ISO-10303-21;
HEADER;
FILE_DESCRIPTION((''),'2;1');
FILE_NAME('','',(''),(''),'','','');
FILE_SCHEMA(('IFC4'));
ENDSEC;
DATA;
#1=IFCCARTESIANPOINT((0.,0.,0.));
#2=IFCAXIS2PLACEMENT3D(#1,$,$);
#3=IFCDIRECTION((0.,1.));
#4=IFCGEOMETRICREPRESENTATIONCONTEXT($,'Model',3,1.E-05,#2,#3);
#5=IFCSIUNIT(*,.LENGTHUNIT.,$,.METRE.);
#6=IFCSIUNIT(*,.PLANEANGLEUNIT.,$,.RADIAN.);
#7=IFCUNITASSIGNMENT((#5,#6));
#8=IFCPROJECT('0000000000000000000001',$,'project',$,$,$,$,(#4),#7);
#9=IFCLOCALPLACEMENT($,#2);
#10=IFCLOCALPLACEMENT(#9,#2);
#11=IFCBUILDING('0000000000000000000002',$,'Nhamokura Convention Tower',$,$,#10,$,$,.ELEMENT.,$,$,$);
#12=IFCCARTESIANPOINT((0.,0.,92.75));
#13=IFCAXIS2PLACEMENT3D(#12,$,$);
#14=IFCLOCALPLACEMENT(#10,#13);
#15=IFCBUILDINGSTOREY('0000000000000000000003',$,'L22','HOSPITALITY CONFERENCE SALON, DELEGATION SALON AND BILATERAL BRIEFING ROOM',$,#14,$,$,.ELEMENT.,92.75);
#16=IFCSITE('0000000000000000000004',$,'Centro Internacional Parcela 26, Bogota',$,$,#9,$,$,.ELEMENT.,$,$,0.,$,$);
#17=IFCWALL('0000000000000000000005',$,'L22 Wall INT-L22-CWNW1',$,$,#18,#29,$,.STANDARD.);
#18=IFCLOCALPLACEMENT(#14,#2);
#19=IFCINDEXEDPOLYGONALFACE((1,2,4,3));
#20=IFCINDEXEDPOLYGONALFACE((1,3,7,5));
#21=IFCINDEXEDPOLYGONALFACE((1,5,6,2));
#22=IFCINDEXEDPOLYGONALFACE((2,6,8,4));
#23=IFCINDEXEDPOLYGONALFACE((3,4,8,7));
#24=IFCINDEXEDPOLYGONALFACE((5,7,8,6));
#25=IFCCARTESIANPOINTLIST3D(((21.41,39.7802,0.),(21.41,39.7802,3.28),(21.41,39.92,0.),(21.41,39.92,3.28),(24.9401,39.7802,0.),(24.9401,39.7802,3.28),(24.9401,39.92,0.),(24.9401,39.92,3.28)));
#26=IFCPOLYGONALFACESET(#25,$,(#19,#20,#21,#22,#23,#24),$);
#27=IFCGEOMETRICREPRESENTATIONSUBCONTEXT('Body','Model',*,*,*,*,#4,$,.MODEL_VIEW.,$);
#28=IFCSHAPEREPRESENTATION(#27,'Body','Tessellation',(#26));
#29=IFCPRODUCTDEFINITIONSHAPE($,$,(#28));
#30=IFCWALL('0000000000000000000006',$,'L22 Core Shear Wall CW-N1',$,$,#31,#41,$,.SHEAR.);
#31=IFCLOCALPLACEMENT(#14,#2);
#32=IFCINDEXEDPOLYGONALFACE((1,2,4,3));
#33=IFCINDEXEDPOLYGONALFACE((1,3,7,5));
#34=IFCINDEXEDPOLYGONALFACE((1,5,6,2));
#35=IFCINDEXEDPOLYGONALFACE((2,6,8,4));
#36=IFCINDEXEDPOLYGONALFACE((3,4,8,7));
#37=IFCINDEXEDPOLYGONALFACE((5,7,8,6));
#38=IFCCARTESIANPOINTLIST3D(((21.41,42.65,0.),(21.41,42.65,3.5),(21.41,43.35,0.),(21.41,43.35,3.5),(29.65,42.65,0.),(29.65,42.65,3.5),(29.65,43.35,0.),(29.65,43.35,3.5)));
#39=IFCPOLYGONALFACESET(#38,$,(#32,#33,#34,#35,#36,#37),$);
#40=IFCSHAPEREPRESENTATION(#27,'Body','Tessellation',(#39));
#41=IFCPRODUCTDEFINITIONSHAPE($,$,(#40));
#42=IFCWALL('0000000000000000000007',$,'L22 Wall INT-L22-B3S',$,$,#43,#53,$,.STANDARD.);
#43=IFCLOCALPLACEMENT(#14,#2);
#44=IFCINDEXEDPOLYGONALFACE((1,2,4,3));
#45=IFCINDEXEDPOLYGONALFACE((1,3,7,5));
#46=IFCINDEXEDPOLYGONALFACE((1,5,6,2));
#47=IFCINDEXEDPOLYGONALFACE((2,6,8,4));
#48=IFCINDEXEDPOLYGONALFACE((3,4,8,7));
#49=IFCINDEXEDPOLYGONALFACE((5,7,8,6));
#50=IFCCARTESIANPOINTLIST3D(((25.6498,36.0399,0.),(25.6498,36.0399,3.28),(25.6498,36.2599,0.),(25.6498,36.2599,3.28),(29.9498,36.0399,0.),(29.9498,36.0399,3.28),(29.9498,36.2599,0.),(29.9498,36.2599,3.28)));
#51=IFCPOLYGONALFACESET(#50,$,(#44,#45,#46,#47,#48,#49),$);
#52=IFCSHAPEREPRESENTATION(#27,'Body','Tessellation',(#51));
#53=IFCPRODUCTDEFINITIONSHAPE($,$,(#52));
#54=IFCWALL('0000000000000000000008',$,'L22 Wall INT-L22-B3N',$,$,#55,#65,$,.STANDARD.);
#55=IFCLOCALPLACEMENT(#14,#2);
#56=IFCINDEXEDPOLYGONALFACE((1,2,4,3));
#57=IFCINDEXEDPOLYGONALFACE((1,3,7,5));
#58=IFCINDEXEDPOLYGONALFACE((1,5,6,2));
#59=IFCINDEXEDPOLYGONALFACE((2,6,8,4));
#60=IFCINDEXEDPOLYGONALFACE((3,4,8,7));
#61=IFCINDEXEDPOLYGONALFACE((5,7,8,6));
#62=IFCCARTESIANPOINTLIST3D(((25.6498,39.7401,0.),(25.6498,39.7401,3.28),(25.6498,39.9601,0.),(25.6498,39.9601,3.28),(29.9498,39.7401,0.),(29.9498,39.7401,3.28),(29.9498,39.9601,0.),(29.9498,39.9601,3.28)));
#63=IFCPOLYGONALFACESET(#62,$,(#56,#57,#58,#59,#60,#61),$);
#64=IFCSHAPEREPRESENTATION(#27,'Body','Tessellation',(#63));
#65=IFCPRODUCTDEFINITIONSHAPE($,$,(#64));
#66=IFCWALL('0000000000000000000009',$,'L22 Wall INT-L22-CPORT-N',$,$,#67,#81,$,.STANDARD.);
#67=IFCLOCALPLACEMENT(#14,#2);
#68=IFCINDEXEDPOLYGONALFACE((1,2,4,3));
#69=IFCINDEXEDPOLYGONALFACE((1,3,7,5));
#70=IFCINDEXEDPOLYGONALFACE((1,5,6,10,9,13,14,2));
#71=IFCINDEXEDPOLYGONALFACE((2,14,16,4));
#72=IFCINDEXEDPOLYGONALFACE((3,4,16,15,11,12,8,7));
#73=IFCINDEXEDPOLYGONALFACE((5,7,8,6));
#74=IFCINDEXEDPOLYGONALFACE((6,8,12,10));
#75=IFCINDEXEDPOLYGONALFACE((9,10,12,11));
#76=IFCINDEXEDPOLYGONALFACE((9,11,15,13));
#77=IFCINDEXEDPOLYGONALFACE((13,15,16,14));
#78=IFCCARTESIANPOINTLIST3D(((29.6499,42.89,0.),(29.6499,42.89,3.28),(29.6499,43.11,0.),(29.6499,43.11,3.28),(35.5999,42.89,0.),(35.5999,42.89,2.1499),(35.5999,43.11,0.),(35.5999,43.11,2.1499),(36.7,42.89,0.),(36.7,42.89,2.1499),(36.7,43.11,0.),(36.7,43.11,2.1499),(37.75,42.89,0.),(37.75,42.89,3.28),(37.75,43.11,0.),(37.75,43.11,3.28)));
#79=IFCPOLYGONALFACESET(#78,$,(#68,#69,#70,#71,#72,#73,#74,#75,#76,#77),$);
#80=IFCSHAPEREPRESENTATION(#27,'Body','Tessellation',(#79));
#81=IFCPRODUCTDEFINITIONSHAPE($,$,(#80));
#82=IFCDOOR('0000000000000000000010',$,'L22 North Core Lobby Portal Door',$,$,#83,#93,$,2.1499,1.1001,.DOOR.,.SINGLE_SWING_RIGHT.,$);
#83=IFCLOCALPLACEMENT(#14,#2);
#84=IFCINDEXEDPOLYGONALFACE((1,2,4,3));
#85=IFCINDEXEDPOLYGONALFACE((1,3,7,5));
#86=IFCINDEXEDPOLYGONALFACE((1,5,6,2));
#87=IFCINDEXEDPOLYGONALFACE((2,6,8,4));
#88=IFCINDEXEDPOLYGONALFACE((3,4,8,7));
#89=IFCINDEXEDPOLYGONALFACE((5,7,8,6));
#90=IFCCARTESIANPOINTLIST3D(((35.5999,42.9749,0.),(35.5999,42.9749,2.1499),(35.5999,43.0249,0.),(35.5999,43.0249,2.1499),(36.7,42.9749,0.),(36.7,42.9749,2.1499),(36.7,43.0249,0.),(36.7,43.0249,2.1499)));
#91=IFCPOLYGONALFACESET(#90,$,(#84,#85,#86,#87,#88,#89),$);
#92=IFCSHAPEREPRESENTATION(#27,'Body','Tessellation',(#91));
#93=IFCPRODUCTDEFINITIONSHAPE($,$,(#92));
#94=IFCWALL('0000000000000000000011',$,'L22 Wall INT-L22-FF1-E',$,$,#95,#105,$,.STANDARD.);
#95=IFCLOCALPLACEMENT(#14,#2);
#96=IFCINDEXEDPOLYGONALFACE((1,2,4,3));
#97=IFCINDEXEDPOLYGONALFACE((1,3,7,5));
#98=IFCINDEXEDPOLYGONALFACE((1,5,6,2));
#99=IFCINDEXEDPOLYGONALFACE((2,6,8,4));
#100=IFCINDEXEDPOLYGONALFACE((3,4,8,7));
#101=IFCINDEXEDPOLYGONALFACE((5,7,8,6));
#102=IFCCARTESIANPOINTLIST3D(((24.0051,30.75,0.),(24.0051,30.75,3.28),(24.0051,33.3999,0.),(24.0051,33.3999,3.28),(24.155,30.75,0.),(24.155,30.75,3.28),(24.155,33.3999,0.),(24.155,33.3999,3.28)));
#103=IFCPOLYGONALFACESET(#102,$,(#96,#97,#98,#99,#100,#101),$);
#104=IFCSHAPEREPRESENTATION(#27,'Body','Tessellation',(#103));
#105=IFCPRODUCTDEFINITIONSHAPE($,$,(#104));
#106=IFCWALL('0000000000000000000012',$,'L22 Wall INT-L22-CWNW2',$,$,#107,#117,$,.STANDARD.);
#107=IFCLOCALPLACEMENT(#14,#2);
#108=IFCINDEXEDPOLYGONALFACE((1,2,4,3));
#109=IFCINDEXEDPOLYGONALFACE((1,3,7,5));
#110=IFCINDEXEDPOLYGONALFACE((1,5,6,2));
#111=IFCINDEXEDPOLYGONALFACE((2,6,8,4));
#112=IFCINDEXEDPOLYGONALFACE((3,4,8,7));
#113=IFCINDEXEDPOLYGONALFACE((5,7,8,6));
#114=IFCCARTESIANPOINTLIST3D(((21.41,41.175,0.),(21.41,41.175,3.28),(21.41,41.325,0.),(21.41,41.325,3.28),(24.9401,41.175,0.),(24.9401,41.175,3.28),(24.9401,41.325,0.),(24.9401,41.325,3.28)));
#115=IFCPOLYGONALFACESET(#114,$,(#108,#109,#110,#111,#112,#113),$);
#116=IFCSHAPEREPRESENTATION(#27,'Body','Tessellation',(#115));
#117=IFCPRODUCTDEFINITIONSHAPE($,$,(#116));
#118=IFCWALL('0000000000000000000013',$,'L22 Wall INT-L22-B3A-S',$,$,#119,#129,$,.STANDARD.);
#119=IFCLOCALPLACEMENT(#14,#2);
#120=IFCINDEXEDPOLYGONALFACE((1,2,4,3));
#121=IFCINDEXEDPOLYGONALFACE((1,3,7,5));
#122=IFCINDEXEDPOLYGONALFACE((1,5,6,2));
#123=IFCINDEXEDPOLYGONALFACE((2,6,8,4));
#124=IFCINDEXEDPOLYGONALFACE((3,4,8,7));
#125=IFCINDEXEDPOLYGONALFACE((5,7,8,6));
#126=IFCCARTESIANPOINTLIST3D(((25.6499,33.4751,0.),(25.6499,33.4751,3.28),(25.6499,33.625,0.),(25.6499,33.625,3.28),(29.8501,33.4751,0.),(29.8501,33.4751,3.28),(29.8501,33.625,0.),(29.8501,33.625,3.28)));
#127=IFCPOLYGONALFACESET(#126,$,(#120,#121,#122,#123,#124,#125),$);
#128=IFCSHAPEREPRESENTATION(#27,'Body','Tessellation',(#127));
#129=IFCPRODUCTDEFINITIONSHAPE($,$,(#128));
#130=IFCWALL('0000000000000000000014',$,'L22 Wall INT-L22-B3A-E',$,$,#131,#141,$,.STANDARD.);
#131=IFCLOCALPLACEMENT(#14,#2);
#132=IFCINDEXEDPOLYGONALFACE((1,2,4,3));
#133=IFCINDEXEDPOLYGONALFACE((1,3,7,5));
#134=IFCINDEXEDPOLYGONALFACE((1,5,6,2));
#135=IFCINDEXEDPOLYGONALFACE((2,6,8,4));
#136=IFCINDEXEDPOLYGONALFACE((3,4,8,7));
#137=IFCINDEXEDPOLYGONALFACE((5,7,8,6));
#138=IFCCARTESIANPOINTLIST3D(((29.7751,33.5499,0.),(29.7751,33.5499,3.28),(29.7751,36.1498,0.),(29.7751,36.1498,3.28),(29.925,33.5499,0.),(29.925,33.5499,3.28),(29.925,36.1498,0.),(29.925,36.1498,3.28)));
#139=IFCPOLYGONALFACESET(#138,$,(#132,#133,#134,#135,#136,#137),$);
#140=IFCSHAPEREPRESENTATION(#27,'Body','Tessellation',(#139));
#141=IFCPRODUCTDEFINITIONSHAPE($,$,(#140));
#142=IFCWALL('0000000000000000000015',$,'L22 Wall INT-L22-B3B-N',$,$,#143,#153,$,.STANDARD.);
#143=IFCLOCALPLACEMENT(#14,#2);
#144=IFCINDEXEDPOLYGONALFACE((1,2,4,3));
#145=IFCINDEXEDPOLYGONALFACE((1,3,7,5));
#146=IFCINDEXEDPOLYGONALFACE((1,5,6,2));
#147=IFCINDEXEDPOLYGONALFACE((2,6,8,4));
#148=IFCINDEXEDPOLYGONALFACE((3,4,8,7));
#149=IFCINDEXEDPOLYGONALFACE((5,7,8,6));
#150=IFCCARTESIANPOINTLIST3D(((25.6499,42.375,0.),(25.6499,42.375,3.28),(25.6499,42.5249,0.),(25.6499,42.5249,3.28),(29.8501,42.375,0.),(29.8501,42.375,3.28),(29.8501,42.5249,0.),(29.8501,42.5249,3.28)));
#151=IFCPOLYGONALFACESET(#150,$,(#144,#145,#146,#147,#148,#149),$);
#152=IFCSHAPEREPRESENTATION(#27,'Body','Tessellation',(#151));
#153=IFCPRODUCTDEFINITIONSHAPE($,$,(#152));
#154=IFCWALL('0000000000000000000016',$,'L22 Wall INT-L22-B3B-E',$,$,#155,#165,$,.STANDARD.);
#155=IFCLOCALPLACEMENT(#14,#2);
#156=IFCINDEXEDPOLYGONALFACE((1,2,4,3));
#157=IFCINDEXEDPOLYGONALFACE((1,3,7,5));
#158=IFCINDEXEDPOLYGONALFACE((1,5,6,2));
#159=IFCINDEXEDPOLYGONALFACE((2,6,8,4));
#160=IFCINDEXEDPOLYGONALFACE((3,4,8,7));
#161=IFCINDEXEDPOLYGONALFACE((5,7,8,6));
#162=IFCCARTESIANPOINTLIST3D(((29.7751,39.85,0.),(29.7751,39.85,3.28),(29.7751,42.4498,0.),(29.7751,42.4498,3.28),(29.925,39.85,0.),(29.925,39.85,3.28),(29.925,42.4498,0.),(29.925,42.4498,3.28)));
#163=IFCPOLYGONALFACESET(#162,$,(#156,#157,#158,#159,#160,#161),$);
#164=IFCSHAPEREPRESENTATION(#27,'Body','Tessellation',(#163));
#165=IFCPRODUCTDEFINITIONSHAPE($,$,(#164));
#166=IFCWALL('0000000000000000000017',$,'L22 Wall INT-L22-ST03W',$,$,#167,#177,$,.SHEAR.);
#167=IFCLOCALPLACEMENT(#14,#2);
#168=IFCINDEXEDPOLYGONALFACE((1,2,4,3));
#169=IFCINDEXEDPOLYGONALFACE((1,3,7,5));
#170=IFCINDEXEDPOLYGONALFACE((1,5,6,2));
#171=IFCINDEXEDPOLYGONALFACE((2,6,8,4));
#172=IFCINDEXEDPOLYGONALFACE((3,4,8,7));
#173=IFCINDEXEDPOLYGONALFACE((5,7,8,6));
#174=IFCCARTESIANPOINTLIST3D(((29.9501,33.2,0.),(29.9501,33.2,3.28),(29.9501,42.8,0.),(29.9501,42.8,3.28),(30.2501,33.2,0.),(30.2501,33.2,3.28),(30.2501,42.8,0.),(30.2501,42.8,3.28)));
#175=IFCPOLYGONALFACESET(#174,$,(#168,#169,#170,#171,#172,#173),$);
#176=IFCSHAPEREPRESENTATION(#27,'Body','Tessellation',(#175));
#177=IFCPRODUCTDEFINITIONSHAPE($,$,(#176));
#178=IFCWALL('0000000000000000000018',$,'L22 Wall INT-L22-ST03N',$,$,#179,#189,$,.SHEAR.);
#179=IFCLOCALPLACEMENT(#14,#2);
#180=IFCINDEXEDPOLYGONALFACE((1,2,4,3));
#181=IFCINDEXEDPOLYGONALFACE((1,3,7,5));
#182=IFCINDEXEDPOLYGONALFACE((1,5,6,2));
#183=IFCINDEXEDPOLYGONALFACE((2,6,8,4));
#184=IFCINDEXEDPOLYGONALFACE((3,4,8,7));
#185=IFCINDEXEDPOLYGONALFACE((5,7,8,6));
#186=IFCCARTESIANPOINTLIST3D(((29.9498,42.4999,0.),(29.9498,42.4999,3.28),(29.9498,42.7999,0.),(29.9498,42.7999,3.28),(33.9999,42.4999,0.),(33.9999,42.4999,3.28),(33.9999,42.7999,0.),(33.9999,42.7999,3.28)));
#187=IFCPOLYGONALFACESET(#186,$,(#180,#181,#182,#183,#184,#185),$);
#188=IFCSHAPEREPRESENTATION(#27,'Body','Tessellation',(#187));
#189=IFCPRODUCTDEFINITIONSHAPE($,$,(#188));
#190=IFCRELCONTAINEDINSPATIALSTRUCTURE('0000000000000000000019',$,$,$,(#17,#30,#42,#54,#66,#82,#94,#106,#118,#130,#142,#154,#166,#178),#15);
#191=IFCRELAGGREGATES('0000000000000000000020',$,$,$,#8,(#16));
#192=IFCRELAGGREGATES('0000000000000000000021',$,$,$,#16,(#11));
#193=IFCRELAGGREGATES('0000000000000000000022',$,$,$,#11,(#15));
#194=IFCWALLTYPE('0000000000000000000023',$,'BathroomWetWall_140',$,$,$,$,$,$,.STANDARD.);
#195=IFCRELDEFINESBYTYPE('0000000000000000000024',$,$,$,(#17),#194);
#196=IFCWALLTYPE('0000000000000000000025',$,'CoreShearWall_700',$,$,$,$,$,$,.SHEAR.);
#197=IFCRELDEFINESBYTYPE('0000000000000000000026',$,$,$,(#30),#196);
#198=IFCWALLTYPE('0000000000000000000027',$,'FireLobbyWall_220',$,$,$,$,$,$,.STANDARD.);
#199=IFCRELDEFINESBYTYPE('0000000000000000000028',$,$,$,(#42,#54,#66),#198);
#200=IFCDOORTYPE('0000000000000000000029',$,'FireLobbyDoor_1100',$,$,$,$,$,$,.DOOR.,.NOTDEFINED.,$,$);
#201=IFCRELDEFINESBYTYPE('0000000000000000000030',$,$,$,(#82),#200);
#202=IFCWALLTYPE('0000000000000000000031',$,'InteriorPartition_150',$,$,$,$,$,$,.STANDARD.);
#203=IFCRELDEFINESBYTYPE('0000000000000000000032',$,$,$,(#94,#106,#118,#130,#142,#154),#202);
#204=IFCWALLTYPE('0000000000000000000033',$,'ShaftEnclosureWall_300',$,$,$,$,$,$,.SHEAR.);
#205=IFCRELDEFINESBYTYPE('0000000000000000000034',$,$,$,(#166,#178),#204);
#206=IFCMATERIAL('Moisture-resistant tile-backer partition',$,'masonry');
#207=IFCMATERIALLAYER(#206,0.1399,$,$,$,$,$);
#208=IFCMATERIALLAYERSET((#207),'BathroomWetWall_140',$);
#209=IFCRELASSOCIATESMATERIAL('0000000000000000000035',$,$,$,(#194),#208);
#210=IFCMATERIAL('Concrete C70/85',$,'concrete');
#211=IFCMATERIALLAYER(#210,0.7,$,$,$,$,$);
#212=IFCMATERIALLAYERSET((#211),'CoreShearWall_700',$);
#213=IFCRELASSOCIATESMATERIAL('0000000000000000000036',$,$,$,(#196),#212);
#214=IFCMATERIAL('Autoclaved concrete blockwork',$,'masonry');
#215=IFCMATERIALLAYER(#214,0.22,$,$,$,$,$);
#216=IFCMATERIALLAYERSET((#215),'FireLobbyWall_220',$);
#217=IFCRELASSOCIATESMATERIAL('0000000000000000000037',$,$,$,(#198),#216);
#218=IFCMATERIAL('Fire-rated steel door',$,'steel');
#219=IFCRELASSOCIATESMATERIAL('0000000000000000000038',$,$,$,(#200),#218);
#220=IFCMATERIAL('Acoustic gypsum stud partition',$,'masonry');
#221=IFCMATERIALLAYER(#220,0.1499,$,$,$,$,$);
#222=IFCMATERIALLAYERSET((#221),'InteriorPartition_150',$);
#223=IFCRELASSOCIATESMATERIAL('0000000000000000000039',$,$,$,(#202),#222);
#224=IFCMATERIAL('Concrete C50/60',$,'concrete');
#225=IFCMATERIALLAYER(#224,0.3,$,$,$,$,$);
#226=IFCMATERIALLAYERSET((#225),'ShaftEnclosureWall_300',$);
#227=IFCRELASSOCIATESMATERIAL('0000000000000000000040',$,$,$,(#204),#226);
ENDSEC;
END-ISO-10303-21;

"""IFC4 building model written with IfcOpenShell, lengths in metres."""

from ifc_helpers import new_model, si_unit, direction, frame, frame_2d, origin, place, context, subcontext, project, spatial, rectangle, extrude, material, layer, layer_set, type_object, element, fill, save


model = new_model("IFC4")

# Units and contexts
model_context = context("Model", 3, precision=1e-05, world=origin(), true_north=direction((0.0, 1.0)))
body_context = subcontext(model_context, "Body", "Model", "MODEL_VIEW")
ifc_project = project(units=[si_unit("LENGTHUNIT", "METRE"), si_unit("PLANEANGLEUNIT", "RADIAN")], contexts=[model_context])

# Site, building, storey
site_placement = place(None, origin())
site = spatial("IfcSite", under=ifc_project, at=site_placement, Name="Centro Internacional Parcela 26, Bogota", CompositionType="ELEMENT", RefElevation=0.0)
building_placement = place(site_placement, origin())
building = spatial("IfcBuilding", under=site, at=building_placement, Name="Nhamokura Convention Tower", CompositionType="ELEMENT")
storey_placement = place(building_placement, frame((0.0, 0.0, 92.75)))
storey = spatial("IfcBuildingStorey", under=building, at=storey_placement, Name="L22", Description="HOSPITALITY CONFERENCE SALON, DELEGATION SALON AND BILATERAL BRIEFING ROOM", CompositionType="ELEMENT", Elevation=92.75)

# Walls
ifc_material_1 = material(Name="Moisture-resistant tile-backer partition", Category="masonry")
ifc_layer_1 = layer(ifc_material_1, 0.1399)
ifc_layer_set_1 = layer_set([ifc_layer_1], Name="BathroomWetWall_140")
wall_type_1 = type_object("IfcWallType", Name="BathroomWetWall_140", PredefinedType="STANDARD", material=ifc_layer_set_1)
wall_1_placement = place(storey_placement, frame((21.4099, 39.8501, 0.0), z_axis=(0.0, 0.0, 1.0), x_axis=(1.0, 0.0, 0.0)))
element("IfcWall", 1, at=wall_1_placement, inside=storey, type_object=wall_type_1, Name="L22 Wall INT-L22-CWNW1", PredefinedType="STANDARD", context=body_context, shape_type="SweptSolid", body=[
    extrude(rectangle(XDim=3.53, YDim=0.1399, at=frame_2d((1.7651, 0.0))), origin(), (0.0, 0.0, 1.0), 3.28),
])
ifc_material_2 = material(Name="Concrete C70/85", Category="concrete")
ifc_layer_2 = layer(ifc_material_2, 0.7)
ifc_layer_set_2 = layer_set([ifc_layer_2], Name="CoreShearWall_700")
wall_type_2 = type_object("IfcWallType", Name="CoreShearWall_700", PredefinedType="SHEAR", material=ifc_layer_set_2)
wall_2_placement = place(storey_placement, frame((21.4099, 43.0, 0.0), z_axis=(0.0, 0.0, 1.0), x_axis=(1.0, 0.0, 0.0)))
element("IfcWall", 2, at=wall_2_placement, inside=storey, type_object=wall_type_2, Name="L22 Core Shear Wall CW-N1", PredefinedType="SHEAR", context=body_context, shape_type="SweptSolid", body=[
    extrude(rectangle(XDim=8.24, YDim=0.7, at=frame_2d((4.1201, 0.0))), origin(), (0.0, 0.0, 1.0), 3.5),
])
ifc_material_3 = material(Name="Autoclaved concrete blockwork", Category="masonry")
ifc_layer_3 = layer(ifc_material_3, 0.22)
ifc_layer_set_3 = layer_set([ifc_layer_3], Name="FireLobbyWall_220")
wall_type_3 = type_object("IfcWallType", Name="FireLobbyWall_220", PredefinedType="STANDARD", material=ifc_layer_set_3)
for number, where, z_axis, x_axis, name in (
    (3, (25.6499, 36.1499, 0.0), (0.0, 0.0, 1.0), (1.0, 0.0, 0.0), "L22 Wall INT-L22-B3S"),
    (4, (25.6499, 39.8501, 0.0), (0.0, 0.0, 1.0), (1.0, 0.0, 0.0), "L22 Wall INT-L22-B3N"),
):
    element("IfcWall", number, at=place(storey_placement, frame(where, z_axis=z_axis, x_axis=x_axis)), inside=storey, type_object=wall_type_3, Name=name, PredefinedType="STANDARD", context=body_context, shape_type="SweptSolid", body=[
        extrude(rectangle(XDim=4.3, YDim=0.22, at=frame_2d((2.1499, 0.0))), origin(), (0.0, 0.0, 1.0), 3.28),
    ])

# Wall, opening, door
wall_3_placement = place(storey_placement, frame((29.6499, 43.0, 0.0), z_axis=(0.0, 0.0, 1.0), x_axis=(1.0, 0.0, 0.0)))
wall_3 = element("IfcWall", 5, at=wall_3_placement, inside=storey, type_object=wall_type_3, Name="L22 Wall INT-L22-CPORT-N", PredefinedType="STANDARD", context=body_context, shape_type="SweptSolid", body=[
    extrude(rectangle(XDim=8.1001, YDim=0.22, at=frame_2d((4.05, 0.0))), origin(), (0.0, 0.0, 1.0), 3.28),
])
opening_1_placement = place(wall_3_placement, frame((5.95, 0.0, 0.0)))
opening_1 = element("IfcOpeningElement", 6, at=opening_1_placement, cuts=wall_3, PredefinedType="OPENING", context=body_context, shape_type="SweptSolid", body=[
    extrude(rectangle(XDim=1.1001, YDim=2.1499, at=frame_2d((0.55, 1.075))), frame((0.0, 0.1199, 0.0), z_axis=(0.0, -1.0, 0.0), x_axis=(1.0, 0.0, 0.0)), (0.0, 0.0, 1.0), 0.24),
])
ifc_material_4 = material(Name="Fire-rated steel door", Category="steel")
door_type_1 = type_object("IfcDoorType", Name="FireLobbyDoor_1100", OperationType="NOTDEFINED", PredefinedType="DOOR", material=ifc_material_4)
door_1_placement = place(opening_1_placement, origin())
door_1 = element("IfcDoor", 7, at=door_1_placement, inside=storey, type_object=door_type_1, Name="L22 North Core Lobby Portal Door", OperationType="SINGLE_SWING_RIGHT", OverallHeight=2.1499, OverallWidth=1.1001, PredefinedType="DOOR", context=body_context, shape_type="SweptSolid", body=[
    extrude(rectangle(XDim=1.1001, YDim=2.1499, at=frame_2d((0.55, 1.075))), frame((0.0, 0.0249, 0.0), z_axis=(0.0, -1.0, 0.0), x_axis=(1.0, 0.0, 0.0)), (0.0, 0.0, 1.0), 0.05),
])
fill(opening_1, door_1)

# Walls
ifc_material_5 = material(Name="Acoustic gypsum stud partition", Category="masonry")
ifc_layer_4 = layer(ifc_material_5, 0.1499)
ifc_layer_set_4 = layer_set([ifc_layer_4], Name="InteriorPartition_150")
wall_type_4 = type_object("IfcWallType", Name="InteriorPartition_150", PredefinedType="STANDARD", material=ifc_layer_set_4)
wall_4_placement = place(storey_placement, frame((24.0801, 30.75, 0.0), z_axis=(0.0, 0.0, 1.0), x_axis=(0.0, 1.0, 0.0)))
element("IfcWall", 8, at=wall_4_placement, inside=storey, type_object=wall_type_4, Name="L22 Wall INT-L22-FF1-E", PredefinedType="STANDARD", context=body_context, shape_type="SweptSolid", body=[
    extrude(rectangle(XDim=2.6499, YDim=0.1499, at=frame_2d((1.325, 0.0))), origin(), (0.0, 0.0, 1.0), 3.28),
])
wall_5_placement = place(storey_placement, frame((21.4099, 41.25, 0.0), z_axis=(0.0, 0.0, 1.0), x_axis=(1.0, 0.0, 0.0)))
element("IfcWall", 9, at=wall_5_placement, inside=storey, type_object=wall_type_4, Name="L22 Wall INT-L22-CWNW2", PredefinedType="STANDARD", context=body_context, shape_type="SweptSolid", body=[
    extrude(rectangle(XDim=3.53, YDim=0.1499, at=frame_2d((1.7651, 0.0))), origin(), (0.0, 0.0, 1.0), 3.28),
])
wall_6_placement = place(storey_placement, frame((25.6499, 33.55, 0.0), z_axis=(0.0, 0.0, 1.0), x_axis=(1.0, 0.0, 0.0)))
element("IfcWall", 10, at=wall_6_placement, inside=storey, type_object=wall_type_4, Name="L22 Wall INT-L22-B3A-S", PredefinedType="STANDARD", context=body_context, shape_type="SweptSolid", body=[
    extrude(rectangle(XDim=4.2002, YDim=0.1499, at=frame_2d((2.1001, 0.0))), origin(), (0.0, 0.0, 1.0), 3.28),
])
wall_7_placement = place(storey_placement, frame((29.8501, 33.55, 0.0), z_axis=(0.0, 0.0, 1.0), x_axis=(0.0, 1.0, 0.0)))
element("IfcWall", 11, at=wall_7_placement, inside=storey, type_object=wall_type_4, Name="L22 Wall INT-L22-B3A-E", PredefinedType="STANDARD", context=body_context, shape_type="SweptSolid", body=[
    extrude(rectangle(XDim=2.5999, YDim=0.1499, at=frame_2d((1.2998, 0.0))), origin(), (0.0, 0.0, 1.0), 3.28),
])
wall_8_placement = place(storey_placement, frame((25.6499, 42.45, 0.0), z_axis=(0.0, 0.0, 1.0), x_axis=(1.0, 0.0, 0.0)))
element("IfcWall", 12, at=wall_8_placement, inside=storey, type_object=wall_type_4, Name="L22 Wall INT-L22-B3B-N", PredefinedType="STANDARD", context=body_context, shape_type="SweptSolid", body=[
    extrude(rectangle(XDim=4.2002, YDim=0.1499, at=frame_2d((2.1001, 0.0))), origin(), (0.0, 0.0, 1.0), 3.28),
])
wall_9_placement = place(storey_placement, frame((29.8501, 39.8501, 0.0), z_axis=(0.0, 0.0, 1.0), x_axis=(0.0, 1.0, 0.0)))
element("IfcWall", 13, at=wall_9_placement, inside=storey, type_object=wall_type_4, Name="L22 Wall INT-L22-B3B-E", PredefinedType="STANDARD", context=body_context, shape_type="SweptSolid", body=[
    extrude(rectangle(XDim=2.5999, YDim=0.1499, at=frame_2d((1.2998, 0.0))), origin(), (0.0, 0.0, 1.0), 3.28),
])
ifc_material_6 = material(Name="Concrete C50/60", Category="concrete")
ifc_layer_5 = layer(ifc_material_6, 0.3)
ifc_layer_set_5 = layer_set([ifc_layer_5], Name="ShaftEnclosureWall_300")
wall_type_5 = type_object("IfcWallType", Name="ShaftEnclosureWall_300", PredefinedType="SHEAR", material=ifc_layer_set_5)
wall_10_placement = place(storey_placement, frame((30.1001, 33.2, 0.0), z_axis=(0.0, 0.0, 1.0), x_axis=(0.0, 1.0, 0.0)))
element("IfcWall", 14, at=wall_10_placement, inside=storey, type_object=wall_type_5, Name="L22 Wall INT-L22-ST03W", PredefinedType="SHEAR", context=body_context, shape_type="SweptSolid", body=[
    extrude(rectangle(XDim=9.6001, YDim=0.3, at=frame_2d((4.8, 0.0))), origin(), (0.0, 0.0, 1.0), 3.28),
])

# Wall
wall_11_placement = place(storey_placement, frame((29.95, 42.6499, 0.0), z_axis=(0.0, 0.0, 1.0), x_axis=(1.0, 0.0, 0.0)))
element("IfcWall", 15, at=wall_11_placement, inside=storey, type_object=wall_type_5, Name="L22 Wall INT-L22-ST03N", PredefinedType="SHEAR", context=body_context, shape_type="SweptSolid", body=[
    extrude(rectangle(XDim=4.05, YDim=0.3, at=frame_2d((2.0249, 0.0))), origin(), (0.0, 0.0, 1.0), 3.28),
])

save(model, "model.ifc")
